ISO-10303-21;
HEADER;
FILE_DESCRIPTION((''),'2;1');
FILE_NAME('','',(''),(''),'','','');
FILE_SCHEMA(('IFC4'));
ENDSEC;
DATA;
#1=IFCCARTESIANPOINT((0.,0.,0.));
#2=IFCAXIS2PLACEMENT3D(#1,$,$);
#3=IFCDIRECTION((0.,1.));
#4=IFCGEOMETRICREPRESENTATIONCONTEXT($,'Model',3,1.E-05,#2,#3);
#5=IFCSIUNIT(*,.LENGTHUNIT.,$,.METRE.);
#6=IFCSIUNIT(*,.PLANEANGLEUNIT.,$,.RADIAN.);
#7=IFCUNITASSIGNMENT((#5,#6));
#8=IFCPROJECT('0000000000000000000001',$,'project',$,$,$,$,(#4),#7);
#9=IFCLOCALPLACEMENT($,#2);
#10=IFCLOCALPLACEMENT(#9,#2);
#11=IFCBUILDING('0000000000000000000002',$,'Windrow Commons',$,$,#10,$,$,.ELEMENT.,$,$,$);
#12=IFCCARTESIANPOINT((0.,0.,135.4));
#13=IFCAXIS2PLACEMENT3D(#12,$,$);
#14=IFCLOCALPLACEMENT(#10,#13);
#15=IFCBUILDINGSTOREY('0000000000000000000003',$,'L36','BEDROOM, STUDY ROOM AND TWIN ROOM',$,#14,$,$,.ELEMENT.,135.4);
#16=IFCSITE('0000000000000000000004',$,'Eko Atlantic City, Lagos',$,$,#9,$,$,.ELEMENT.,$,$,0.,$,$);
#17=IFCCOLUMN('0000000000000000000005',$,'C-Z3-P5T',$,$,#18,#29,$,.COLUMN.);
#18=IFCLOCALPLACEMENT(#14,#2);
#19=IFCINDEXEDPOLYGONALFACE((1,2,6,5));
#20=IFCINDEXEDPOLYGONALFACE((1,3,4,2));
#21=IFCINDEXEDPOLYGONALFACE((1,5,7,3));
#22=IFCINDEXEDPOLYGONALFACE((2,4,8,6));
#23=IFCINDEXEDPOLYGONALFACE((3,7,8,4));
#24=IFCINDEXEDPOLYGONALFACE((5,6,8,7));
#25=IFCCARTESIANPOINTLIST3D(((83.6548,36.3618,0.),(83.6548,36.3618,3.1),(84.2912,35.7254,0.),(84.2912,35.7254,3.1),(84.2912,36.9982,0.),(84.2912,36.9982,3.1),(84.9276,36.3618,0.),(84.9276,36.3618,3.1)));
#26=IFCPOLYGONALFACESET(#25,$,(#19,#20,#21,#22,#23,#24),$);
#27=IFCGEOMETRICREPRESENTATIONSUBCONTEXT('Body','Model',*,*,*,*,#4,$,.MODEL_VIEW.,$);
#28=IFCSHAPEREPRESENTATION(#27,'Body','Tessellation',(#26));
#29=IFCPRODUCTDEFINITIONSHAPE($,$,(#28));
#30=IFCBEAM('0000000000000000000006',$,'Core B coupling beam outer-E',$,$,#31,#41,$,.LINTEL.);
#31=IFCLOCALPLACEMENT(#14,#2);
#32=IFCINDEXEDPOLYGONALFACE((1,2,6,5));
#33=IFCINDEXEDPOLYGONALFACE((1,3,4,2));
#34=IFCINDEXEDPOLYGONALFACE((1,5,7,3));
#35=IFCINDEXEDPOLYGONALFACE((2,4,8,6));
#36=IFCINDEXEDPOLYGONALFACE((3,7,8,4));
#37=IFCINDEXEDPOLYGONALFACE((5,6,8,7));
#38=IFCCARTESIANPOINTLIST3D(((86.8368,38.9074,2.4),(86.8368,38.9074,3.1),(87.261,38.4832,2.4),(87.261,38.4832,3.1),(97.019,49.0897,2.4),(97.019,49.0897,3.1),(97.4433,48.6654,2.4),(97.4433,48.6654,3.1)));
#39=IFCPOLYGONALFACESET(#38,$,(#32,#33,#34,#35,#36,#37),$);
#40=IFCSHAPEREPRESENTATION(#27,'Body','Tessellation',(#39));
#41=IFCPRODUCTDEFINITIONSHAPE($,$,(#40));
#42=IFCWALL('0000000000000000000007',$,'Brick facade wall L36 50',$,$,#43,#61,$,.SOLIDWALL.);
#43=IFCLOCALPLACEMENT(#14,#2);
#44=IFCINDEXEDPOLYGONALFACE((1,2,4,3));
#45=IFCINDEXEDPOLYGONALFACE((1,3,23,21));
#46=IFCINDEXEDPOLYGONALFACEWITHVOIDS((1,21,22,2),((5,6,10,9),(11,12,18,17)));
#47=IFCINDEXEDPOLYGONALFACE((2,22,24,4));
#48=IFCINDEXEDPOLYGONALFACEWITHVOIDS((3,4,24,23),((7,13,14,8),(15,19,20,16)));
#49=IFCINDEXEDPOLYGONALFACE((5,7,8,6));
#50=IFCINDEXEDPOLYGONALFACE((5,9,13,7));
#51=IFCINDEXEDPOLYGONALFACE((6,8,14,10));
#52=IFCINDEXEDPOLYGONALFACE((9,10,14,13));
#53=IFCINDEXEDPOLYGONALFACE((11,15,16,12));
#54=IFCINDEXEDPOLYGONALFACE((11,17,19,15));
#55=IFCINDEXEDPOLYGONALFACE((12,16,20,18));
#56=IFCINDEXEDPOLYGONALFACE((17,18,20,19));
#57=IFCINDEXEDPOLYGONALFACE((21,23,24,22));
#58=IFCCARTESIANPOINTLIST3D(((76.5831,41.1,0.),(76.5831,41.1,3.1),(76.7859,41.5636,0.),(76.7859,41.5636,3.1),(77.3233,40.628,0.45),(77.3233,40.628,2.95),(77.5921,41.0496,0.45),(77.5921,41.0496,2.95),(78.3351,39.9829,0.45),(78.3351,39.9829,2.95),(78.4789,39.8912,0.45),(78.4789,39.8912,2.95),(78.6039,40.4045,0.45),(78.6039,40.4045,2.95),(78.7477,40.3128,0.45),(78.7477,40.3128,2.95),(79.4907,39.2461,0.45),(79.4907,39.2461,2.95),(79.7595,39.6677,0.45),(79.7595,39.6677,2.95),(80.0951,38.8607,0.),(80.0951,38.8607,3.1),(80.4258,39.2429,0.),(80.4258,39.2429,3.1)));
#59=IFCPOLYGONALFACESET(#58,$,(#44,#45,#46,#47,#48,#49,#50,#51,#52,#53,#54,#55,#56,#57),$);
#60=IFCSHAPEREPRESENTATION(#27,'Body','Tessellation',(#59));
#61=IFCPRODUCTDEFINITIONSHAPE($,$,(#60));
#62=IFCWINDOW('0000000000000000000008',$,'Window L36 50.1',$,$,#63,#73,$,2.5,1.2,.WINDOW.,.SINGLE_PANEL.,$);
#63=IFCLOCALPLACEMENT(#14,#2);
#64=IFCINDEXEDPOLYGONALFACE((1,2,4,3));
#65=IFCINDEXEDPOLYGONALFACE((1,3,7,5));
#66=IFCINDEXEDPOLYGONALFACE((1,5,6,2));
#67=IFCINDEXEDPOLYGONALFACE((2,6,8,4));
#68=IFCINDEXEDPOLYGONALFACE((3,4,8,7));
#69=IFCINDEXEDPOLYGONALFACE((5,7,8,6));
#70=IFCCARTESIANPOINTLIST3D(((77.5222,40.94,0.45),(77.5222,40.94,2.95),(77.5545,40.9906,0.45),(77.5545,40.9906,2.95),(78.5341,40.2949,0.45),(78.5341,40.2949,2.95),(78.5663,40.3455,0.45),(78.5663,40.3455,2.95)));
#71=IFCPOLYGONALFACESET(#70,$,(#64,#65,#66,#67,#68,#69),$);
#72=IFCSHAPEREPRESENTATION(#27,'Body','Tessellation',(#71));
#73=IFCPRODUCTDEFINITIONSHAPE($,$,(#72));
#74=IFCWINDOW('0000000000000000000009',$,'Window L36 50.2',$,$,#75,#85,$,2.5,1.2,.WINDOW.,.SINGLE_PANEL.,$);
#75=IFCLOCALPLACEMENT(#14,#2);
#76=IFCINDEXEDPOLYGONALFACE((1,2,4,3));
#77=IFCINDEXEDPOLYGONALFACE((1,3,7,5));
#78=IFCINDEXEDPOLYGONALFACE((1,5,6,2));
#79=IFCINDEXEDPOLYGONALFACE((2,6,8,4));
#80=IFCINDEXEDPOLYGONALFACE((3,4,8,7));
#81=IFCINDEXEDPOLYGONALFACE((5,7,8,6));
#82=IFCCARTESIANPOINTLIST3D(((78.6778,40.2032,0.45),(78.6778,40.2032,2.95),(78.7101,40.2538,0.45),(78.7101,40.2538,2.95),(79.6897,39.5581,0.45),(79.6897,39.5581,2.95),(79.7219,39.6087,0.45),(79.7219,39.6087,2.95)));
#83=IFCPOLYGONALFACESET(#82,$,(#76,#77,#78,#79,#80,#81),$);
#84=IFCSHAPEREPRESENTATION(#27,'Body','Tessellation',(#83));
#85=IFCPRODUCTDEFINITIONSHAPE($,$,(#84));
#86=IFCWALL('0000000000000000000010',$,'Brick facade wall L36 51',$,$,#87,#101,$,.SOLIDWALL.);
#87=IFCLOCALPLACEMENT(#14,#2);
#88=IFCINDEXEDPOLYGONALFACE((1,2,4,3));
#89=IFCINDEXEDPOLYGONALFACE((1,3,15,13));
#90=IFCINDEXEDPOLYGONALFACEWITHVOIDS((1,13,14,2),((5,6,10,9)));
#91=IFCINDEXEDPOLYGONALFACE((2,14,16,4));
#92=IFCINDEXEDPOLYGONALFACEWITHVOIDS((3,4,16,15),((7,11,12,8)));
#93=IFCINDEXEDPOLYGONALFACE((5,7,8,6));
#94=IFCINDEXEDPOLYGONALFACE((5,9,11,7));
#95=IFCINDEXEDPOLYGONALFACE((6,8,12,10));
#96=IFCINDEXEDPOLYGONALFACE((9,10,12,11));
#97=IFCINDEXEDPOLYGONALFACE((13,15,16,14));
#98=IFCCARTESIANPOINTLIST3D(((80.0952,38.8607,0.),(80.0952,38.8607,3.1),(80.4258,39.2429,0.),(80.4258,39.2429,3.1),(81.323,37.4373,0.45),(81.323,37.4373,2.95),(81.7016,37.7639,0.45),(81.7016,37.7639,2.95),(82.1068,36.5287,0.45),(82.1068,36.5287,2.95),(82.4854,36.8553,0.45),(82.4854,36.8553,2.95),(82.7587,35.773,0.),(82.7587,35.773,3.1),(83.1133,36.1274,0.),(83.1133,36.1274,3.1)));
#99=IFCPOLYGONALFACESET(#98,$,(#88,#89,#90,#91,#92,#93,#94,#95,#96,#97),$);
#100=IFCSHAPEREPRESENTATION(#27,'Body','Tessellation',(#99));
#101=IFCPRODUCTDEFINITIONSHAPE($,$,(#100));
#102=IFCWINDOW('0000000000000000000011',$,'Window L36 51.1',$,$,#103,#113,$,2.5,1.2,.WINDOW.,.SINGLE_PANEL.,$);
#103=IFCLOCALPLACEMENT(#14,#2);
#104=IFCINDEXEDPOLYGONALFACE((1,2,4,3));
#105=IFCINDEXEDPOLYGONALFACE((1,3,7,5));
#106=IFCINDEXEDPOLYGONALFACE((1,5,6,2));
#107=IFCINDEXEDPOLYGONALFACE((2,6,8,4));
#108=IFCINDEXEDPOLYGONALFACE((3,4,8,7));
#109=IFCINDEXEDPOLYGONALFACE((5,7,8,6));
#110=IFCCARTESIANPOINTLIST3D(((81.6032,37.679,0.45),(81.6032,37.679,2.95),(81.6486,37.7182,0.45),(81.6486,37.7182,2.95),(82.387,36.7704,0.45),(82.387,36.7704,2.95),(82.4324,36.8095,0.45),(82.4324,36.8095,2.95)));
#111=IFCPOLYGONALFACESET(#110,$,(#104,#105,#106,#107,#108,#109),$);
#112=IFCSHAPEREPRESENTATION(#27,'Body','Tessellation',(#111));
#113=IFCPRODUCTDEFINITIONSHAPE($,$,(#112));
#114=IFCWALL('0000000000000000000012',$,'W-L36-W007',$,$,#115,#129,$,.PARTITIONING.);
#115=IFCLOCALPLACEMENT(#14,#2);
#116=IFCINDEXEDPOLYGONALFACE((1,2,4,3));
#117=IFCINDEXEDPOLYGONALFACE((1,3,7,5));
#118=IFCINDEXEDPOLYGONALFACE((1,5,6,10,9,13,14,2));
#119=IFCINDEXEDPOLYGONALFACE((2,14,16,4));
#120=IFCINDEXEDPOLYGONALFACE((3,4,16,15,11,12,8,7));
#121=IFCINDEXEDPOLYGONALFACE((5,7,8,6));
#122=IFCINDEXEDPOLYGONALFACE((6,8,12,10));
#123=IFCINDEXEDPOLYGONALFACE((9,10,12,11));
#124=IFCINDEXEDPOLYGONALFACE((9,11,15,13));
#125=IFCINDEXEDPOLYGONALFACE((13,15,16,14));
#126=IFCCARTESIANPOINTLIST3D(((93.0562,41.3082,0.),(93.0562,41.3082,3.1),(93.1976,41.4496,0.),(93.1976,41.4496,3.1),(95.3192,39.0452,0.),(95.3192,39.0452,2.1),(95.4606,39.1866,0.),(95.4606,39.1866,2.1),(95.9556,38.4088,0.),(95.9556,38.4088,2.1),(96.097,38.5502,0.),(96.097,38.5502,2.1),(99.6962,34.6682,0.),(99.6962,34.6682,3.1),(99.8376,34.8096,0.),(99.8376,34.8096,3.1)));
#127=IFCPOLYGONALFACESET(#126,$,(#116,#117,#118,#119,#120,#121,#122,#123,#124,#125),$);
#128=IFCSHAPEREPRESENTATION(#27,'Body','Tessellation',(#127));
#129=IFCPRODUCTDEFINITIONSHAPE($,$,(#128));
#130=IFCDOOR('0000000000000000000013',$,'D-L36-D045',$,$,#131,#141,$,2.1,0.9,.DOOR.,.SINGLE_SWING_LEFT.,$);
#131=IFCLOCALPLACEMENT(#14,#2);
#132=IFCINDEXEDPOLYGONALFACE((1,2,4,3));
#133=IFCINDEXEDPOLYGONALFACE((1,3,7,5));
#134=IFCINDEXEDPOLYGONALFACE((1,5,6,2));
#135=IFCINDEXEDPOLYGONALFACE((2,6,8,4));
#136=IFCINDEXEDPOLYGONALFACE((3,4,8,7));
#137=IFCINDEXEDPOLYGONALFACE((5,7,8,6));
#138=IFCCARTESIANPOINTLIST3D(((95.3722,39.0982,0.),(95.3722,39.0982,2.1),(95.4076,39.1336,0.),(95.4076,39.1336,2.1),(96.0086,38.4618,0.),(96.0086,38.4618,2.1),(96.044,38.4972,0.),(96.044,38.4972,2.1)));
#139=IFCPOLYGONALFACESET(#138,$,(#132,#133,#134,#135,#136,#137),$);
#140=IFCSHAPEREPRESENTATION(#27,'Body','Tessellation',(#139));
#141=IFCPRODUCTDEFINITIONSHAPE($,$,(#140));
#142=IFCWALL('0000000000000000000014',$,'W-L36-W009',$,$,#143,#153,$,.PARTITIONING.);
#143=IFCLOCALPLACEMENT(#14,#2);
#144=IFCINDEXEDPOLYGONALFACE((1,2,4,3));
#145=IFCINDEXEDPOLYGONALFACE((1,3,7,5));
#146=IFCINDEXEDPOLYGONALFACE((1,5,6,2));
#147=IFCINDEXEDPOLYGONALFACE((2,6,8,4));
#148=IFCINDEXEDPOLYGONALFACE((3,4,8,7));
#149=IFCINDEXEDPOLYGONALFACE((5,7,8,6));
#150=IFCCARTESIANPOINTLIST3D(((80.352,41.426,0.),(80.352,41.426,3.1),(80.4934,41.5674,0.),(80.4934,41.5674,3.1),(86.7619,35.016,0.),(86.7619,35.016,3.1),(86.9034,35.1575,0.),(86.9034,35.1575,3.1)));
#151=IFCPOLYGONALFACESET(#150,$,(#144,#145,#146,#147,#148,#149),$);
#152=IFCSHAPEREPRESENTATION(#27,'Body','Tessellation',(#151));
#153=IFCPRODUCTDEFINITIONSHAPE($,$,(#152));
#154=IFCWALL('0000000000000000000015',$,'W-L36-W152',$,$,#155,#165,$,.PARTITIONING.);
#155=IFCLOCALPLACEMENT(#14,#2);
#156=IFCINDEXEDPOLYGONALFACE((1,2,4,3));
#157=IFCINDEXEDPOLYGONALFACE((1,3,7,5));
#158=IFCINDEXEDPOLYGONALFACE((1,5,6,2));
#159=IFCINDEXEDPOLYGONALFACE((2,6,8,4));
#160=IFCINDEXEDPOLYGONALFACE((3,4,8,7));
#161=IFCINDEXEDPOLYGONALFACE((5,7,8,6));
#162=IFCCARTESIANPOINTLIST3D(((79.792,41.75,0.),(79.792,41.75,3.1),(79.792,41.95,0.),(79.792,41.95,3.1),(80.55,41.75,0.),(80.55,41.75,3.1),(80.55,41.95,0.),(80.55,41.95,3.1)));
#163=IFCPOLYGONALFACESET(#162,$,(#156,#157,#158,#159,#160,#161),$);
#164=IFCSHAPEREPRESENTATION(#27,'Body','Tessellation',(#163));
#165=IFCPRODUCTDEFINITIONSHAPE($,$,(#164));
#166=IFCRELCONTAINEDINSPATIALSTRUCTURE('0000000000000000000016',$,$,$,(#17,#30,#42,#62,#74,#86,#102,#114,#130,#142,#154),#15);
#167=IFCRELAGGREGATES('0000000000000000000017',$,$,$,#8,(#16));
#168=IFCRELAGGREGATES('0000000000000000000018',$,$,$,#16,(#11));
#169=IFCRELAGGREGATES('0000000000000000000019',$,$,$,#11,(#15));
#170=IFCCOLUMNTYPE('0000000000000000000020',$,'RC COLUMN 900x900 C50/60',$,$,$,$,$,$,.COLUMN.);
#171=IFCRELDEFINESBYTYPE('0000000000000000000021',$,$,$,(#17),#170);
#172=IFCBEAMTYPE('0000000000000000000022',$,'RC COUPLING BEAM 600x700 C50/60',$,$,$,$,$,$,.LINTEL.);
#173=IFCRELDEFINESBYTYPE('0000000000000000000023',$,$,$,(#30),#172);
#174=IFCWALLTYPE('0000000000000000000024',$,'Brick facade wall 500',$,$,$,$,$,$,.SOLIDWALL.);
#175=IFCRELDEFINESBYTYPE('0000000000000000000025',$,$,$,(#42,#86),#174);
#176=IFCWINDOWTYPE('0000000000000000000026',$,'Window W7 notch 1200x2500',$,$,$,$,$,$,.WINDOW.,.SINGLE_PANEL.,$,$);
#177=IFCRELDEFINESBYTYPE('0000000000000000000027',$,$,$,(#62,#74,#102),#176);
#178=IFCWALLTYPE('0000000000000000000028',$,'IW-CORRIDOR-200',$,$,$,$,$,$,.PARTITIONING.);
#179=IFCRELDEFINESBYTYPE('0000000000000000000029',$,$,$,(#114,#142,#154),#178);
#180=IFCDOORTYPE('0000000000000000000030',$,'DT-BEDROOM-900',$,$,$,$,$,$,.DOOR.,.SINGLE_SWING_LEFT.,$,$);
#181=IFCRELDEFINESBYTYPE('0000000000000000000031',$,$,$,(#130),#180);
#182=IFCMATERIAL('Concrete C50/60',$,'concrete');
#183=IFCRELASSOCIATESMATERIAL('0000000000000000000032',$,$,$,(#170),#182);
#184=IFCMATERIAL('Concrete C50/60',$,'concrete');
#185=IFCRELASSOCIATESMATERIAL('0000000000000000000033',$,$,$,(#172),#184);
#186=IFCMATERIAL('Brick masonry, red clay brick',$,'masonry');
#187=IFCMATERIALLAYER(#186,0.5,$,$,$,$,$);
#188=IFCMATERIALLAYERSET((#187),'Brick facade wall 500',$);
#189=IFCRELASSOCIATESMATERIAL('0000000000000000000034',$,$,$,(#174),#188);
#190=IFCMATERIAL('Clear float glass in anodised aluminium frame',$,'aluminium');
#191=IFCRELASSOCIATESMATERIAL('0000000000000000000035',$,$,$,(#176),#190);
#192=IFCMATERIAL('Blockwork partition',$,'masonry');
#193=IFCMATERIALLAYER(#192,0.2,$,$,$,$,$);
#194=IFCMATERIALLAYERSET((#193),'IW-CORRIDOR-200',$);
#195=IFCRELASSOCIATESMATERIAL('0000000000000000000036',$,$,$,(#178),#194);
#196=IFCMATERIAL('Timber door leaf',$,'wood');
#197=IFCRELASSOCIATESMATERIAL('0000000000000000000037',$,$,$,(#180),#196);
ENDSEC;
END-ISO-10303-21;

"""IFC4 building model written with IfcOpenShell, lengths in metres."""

from ifc_helpers import new_model, si_unit, direction, frame, frame_2d, origin, origin_2d, place, context, subcontext, project, spatial, polyline, rectangle, outline, extrude, material, layer, layer_set, material_profile, profile_set, type_object, element, fill, save


model = new_model("IFC4")

# Units and contexts
model_context = context("Model", 3, precision=1e-05, world=origin(), true_north=direction((0.0, 1.0)))
body_context = subcontext(model_context, "Body", "Model", "MODEL_VIEW")
ifc_project = project(units=[si_unit("LENGTHUNIT", "METRE"), si_unit("PLANEANGLEUNIT", "RADIAN")], contexts=[model_context])

# Site, building, storey
site_placement = place(None, origin())
site = spatial("IfcSite", under=ifc_project, at=site_placement, Name="Eko Atlantic City, Lagos", CompositionType="ELEMENT", RefElevation=0.0)
building_placement = place(site_placement, origin())
building = spatial("IfcBuilding", under=site, at=building_placement, Name="Windrow Commons", CompositionType="ELEMENT")
storey_placement = place(building_placement, frame((0.0, 0.0, 135.4)))
storey = spatial("IfcBuildingStorey", under=building, at=storey_placement, Name="L36", Description="BEDROOM, STUDY ROOM AND TWIN ROOM", CompositionType="ELEMENT", Elevation=135.4)

# Column
ifc_material_1 = material(Name="Concrete C50/60", Category="concrete")
ifc_material_profile_1 = material_profile(ifc_material_1, rectangle(XDim=0.9, YDim=0.9, at=origin_2d()))
ifc_profile_set_1 = profile_set([ifc_material_profile_1], Name="Concrete C50/60")
column_type = type_object("IfcColumnType", Name="RC COLUMN 900x900 C50/60", PredefinedType="COLUMN", material=ifc_profile_set_1)
column_placement = place(storey_placement, frame((84.2912, 36.3618, 0.0), z_axis=(0.0, 0.0, 1.0), x_axis=(0.707107, -0.707107, 0.0)))
element("IfcColumn", 1, at=column_placement, inside=storey, type_object=column_type, Name="C-Z3-P5T", PredefinedType="COLUMN", context=body_context, shape_type="SweptSolid", body=[
    extrude(rectangle(XDim=0.9, YDim=0.9, at=origin_2d()), origin(), (0.0, 0.0, 1.0), 3.1),
])

# Beam
ifc_material_2 = material(Name="Concrete C50/60", Category="concrete")
ifc_material_profile_2 = material_profile(ifc_material_2, rectangle(XDim=0.6, YDim=0.7, at=origin_2d()))
ifc_profile_set_2 = profile_set([ifc_material_profile_2], Name="Concrete C50/60")
beam_type = type_object("IfcBeamType", Name="RC COUPLING BEAM 600x700 C50/60", PredefinedType="LINTEL", material=ifc_profile_set_2)
beam_placement = place(storey_placement, frame((87.0489, 38.6953, 2.75), z_axis=(0.707107, 0.707107, 0.0), x_axis=(-0.707107, 0.707107, 0.0)))
element("IfcBeam", 2, at=beam_placement, inside=storey, type_object=beam_type, Name="Core B coupling beam outer-E", PredefinedType="LINTEL", context=body_context, shape_type="SweptSolid", body=[
    extrude(rectangle(XDim=0.6, YDim=0.7, at=origin_2d()), origin(), (0.0, 0.0, 1.0), 14.3999),
])

# Wall, openings, windows
ifc_material_3 = material(Name="Brick masonry, red clay brick", Category="masonry")
ifc_layer_1 = layer(ifc_material_3, 0.5)
ifc_layer_set_1 = layer_set([ifc_layer_1], Name="Brick facade wall 500")
wall_type_1 = type_object("IfcWallType", Name="Brick facade wall 500", PredefinedType="SOLIDWALL", material=ifc_layer_set_1)
wall_1_placement = place(storey_placement, frame((76.6845, 41.3318, 0.0), z_axis=(0.0, 0.0, 1.0), x_axis=(0.843195, -0.537608, 0.0)))
wall_1 = element("IfcWall", 3, at=wall_1_placement, inside=storey, type_object=wall_type_1, Name="Brick facade wall L36 50", PredefinedType="SOLIDWALL", context=body_context, shape_type="SweptSolid", body=[
    extrude(outline(polyline([(0.0391, -0.25), (4.2043, -0.25), (4.2777, 0.25), (-0.0391, 0.25), (0.0391, -0.25)])), origin(), (0.0, 0.0, 1.0), 3.1),
])
opening_1_placement = place(wall_1_placement, frame((0.917, 0.0, 0.45)))
opening_1 = element("IfcOpeningElement", 4, at=opening_1_placement, cuts=wall_1, PredefinedType="OPENING", context=body_context, shape_type="SweptSolid", body=[
    extrude(rectangle(XDim=1.2, YDim=2.5, at=frame_2d((0.6, 1.25))), frame((0.0, 0.26, 0.0), z_axis=(0.0, -1.0, 0.0), x_axis=(1.0, 0.0, 0.0)), (0.0, 0.0, 1.0), 0.52),
])
opening_2_placement = place(wall_1_placement, frame((2.2875, 0.0, 0.45)))
opening_2 = element("IfcOpeningElement", 5, at=opening_2_placement, cuts=wall_1, PredefinedType="OPENING", context=body_context, shape_type="SweptSolid", body=[
    extrude(rectangle(XDim=1.2, YDim=2.5, at=frame_2d((0.6, 1.25))), frame((0.0, 0.26, 0.0), z_axis=(0.0, -1.0, 0.0), x_axis=(1.0, 0.0, 0.0)), (0.0, 0.0, 1.0), 0.52),
])
ifc_material_4 = material(Name="Clear float glass in anodised aluminium frame", Category="aluminium")
window_type = type_object("IfcWindowType", Name="Window W7 notch 1200x2500", PartitioningType="SINGLE_PANEL", PredefinedType="WINDOW", material=ifc_material_4)
window_1_placement = place(opening_1_placement, origin())
window_1 = element("IfcWindow", 6, at=window_1_placement, inside=storey, type_object=window_type, Name="Window L36 50.1", OverallHeight=2.5, OverallWidth=1.2, PartitioningType="SINGLE_PANEL", PredefinedType="WINDOW", context=body_context, shape_type="SweptSolid", body=[
    extrude(rectangle(XDim=1.2, YDim=2.5, at=frame_2d((0.6, 1.25))), frame((0.0, 0.18, 0.0), z_axis=(0.0, -1.0, 0.0), x_axis=(1.0, 0.0, 0.0)), (0.0, 0.0, 1.0), 0.06),
])
fill(opening_1, window_1)
window_2_placement = place(opening_2_placement, origin())
window_2 = element("IfcWindow", 7, at=window_2_placement, inside=storey, type_object=window_type, Name="Window L36 50.2", OverallHeight=2.5, OverallWidth=1.2, PartitioningType="SINGLE_PANEL", PredefinedType="WINDOW", context=body_context, shape_type="SweptSolid", body=[
    extrude(rectangle(XDim=1.2, YDim=2.5, at=frame_2d((0.6, 1.25))), frame((0.0, 0.18, 0.0), z_axis=(0.0, -1.0, 0.0), x_axis=(1.0, 0.0, 0.0)), (0.0, 0.0, 1.0), 0.06),
])
fill(opening_2, window_2)

# Wall, opening, window
wall_2_placement = place(storey_placement, frame((80.2605, 39.0518, 0.0), z_axis=(0.0, 0.0, 1.0), x_axis=(0.653179, -0.757204, 0.0)))
wall_2 = element("IfcWall", 8, at=wall_2_placement, inside=storey, type_object=wall_type_1, Name="Brick facade wall L36 51", PredefinedType="SOLIDWALL", context=body_context, shape_type="SweptSolid", body=[
    extrude(outline(polyline([(0.0367, -0.25), (4.1145, -0.25), (4.0777, 0.25), (-0.0367, 0.25), (0.0367, -0.25)])), origin(), (0.0, 0.0, 1.0), 3.1),
])
opening_3_placement = place(wall_2_placement, frame((1.9165, 0.0, 0.45)))
opening_3 = element("IfcOpeningElement", 9, at=opening_3_placement, cuts=wall_2, PredefinedType="OPENING", context=body_context, shape_type="SweptSolid", body=[
    extrude(rectangle(XDim=1.2, YDim=2.5, at=frame_2d((0.6, 1.25))), frame((0.0, 0.26, 0.0), z_axis=(0.0, -1.0, 0.0), x_axis=(1.0, 0.0, 0.0)), (0.0, 0.0, 1.0), 0.52),
])
window_3_placement = place(opening_3_placement, origin())
window_3 = element("IfcWindow", 10, at=window_3_placement, inside=storey, type_object=window_type, Name="Window L36 51.1", OverallHeight=2.5, OverallWidth=1.2, PartitioningType="SINGLE_PANEL", PredefinedType="WINDOW", context=body_context, shape_type="SweptSolid", body=[
    extrude(rectangle(XDim=1.2, YDim=2.5, at=frame_2d((0.6, 1.25))), frame((0.0, 0.18, 0.0), z_axis=(0.0, -1.0, 0.0), x_axis=(1.0, 0.0, 0.0)), (0.0, 0.0, 1.0), 0.06),
])
fill(opening_3, window_3)

# Wall, opening, door
ifc_material_5 = material(Name="Blockwork partition", Category="masonry")
ifc_layer_2 = layer(ifc_material_5, 0.2)
ifc_layer_set_2 = layer_set([ifc_layer_2], Name="IW-CORRIDOR-200")
wall_type_2 = type_object("IfcWallType", Name="IW-CORRIDOR-200", PredefinedType="PARTITIONING", material=ifc_layer_set_2)
wall_3_placement = place(storey_placement, frame((93.1269, 41.3789, 0.0), z_axis=(0.0, 0.0, 1.0), x_axis=(0.707107, -0.707107, 0.0)))
wall_3 = element("IfcWall", 11, at=wall_3_placement, inside=storey, type_object=wall_type_2, Name="W-L36-W007", PredefinedType="PARTITIONING", context=body_context, shape_type="SweptSolid", body=[
    extrude(rectangle(XDim=9.3904, YDim=0.2, at=frame_2d((4.6952, 0.0))), origin(), (0.0, 0.0, 1.0), 3.1),
])
opening_4_placement = place(wall_3_placement, frame((3.2004, 0.0, 0.0)))
opening_4 = element("IfcOpeningElement", 12, at=opening_4_placement, cuts=wall_3, PredefinedType="OPENING", context=body_context, shape_type="SweptSolid", body=[
    extrude(rectangle(XDim=0.9, YDim=2.1, at=frame_2d((0.45, 1.05))), frame((0.0, 0.11, 0.0), z_axis=(0.0, -1.0, 0.0), x_axis=(1.0, 0.0, 0.0)), (0.0, 0.0, 1.0), 0.22),
])
ifc_material_6 = material(Name="Timber door leaf", Category="wood")
door_type_1 = type_object("IfcDoorType", Name="DT-BEDROOM-900", OperationType="SINGLE_SWING_LEFT", PredefinedType="DOOR", material=ifc_material_6)
door_1_placement = place(opening_4_placement, origin())
door_1 = element("IfcDoor", 13, at=door_1_placement, inside=storey, type_object=door_type_1, Name="D-L36-D045", OperationType="SINGLE_SWING_LEFT", OverallHeight=2.1, OverallWidth=0.9, PredefinedType="DOOR", context=body_context, shape_type="SweptSolid", body=[
    extrude(rectangle(XDim=0.9, YDim=2.1, at=frame_2d((0.45, 1.05))), frame((0.0, 0.025, 0.0), z_axis=(0.0, -1.0, 0.0), x_axis=(1.0, 0.0, 0.0)), (0.0, 0.0, 1.0), 0.05),
])
fill(opening_4, door_1)

# Walls
wall_4_placement = place(storey_placement, frame((80.4227, 41.4967, 0.0), z_axis=(0.0, 0.0, 1.0), x_axis=(0.707107, -0.707107, 0.0)))
element("IfcWall", 14, at=wall_4_placement, inside=storey, type_object=wall_type_2, Name="W-L36-W009", PredefinedType="PARTITIONING", context=body_context, shape_type="SweptSolid", body=[
    extrude(rectangle(XDim=9.0651, YDim=0.2, at=frame_2d((4.5325, 0.0))), origin(), (0.0, 0.0, 1.0), 3.1),
])
wall_5_placement = place(storey_placement, frame((79.792, 41.85, 0.0), z_axis=(0.0, 0.0, 1.0), x_axis=(1.0, 0.0, 0.0)))
element("IfcWall", 15, at=wall_5_placement, inside=storey, type_object=wall_type_2, Name="W-L36-W152", PredefinedType="PARTITIONING", context=body_context, shape_type="SweptSolid", body=[
    extrude(rectangle(XDim=0.758, YDim=0.2, at=frame_2d((0.379, 0.0))), origin(), (0.0, 0.0, 1.0), 3.1),
])

save(model, "model.ifc")
